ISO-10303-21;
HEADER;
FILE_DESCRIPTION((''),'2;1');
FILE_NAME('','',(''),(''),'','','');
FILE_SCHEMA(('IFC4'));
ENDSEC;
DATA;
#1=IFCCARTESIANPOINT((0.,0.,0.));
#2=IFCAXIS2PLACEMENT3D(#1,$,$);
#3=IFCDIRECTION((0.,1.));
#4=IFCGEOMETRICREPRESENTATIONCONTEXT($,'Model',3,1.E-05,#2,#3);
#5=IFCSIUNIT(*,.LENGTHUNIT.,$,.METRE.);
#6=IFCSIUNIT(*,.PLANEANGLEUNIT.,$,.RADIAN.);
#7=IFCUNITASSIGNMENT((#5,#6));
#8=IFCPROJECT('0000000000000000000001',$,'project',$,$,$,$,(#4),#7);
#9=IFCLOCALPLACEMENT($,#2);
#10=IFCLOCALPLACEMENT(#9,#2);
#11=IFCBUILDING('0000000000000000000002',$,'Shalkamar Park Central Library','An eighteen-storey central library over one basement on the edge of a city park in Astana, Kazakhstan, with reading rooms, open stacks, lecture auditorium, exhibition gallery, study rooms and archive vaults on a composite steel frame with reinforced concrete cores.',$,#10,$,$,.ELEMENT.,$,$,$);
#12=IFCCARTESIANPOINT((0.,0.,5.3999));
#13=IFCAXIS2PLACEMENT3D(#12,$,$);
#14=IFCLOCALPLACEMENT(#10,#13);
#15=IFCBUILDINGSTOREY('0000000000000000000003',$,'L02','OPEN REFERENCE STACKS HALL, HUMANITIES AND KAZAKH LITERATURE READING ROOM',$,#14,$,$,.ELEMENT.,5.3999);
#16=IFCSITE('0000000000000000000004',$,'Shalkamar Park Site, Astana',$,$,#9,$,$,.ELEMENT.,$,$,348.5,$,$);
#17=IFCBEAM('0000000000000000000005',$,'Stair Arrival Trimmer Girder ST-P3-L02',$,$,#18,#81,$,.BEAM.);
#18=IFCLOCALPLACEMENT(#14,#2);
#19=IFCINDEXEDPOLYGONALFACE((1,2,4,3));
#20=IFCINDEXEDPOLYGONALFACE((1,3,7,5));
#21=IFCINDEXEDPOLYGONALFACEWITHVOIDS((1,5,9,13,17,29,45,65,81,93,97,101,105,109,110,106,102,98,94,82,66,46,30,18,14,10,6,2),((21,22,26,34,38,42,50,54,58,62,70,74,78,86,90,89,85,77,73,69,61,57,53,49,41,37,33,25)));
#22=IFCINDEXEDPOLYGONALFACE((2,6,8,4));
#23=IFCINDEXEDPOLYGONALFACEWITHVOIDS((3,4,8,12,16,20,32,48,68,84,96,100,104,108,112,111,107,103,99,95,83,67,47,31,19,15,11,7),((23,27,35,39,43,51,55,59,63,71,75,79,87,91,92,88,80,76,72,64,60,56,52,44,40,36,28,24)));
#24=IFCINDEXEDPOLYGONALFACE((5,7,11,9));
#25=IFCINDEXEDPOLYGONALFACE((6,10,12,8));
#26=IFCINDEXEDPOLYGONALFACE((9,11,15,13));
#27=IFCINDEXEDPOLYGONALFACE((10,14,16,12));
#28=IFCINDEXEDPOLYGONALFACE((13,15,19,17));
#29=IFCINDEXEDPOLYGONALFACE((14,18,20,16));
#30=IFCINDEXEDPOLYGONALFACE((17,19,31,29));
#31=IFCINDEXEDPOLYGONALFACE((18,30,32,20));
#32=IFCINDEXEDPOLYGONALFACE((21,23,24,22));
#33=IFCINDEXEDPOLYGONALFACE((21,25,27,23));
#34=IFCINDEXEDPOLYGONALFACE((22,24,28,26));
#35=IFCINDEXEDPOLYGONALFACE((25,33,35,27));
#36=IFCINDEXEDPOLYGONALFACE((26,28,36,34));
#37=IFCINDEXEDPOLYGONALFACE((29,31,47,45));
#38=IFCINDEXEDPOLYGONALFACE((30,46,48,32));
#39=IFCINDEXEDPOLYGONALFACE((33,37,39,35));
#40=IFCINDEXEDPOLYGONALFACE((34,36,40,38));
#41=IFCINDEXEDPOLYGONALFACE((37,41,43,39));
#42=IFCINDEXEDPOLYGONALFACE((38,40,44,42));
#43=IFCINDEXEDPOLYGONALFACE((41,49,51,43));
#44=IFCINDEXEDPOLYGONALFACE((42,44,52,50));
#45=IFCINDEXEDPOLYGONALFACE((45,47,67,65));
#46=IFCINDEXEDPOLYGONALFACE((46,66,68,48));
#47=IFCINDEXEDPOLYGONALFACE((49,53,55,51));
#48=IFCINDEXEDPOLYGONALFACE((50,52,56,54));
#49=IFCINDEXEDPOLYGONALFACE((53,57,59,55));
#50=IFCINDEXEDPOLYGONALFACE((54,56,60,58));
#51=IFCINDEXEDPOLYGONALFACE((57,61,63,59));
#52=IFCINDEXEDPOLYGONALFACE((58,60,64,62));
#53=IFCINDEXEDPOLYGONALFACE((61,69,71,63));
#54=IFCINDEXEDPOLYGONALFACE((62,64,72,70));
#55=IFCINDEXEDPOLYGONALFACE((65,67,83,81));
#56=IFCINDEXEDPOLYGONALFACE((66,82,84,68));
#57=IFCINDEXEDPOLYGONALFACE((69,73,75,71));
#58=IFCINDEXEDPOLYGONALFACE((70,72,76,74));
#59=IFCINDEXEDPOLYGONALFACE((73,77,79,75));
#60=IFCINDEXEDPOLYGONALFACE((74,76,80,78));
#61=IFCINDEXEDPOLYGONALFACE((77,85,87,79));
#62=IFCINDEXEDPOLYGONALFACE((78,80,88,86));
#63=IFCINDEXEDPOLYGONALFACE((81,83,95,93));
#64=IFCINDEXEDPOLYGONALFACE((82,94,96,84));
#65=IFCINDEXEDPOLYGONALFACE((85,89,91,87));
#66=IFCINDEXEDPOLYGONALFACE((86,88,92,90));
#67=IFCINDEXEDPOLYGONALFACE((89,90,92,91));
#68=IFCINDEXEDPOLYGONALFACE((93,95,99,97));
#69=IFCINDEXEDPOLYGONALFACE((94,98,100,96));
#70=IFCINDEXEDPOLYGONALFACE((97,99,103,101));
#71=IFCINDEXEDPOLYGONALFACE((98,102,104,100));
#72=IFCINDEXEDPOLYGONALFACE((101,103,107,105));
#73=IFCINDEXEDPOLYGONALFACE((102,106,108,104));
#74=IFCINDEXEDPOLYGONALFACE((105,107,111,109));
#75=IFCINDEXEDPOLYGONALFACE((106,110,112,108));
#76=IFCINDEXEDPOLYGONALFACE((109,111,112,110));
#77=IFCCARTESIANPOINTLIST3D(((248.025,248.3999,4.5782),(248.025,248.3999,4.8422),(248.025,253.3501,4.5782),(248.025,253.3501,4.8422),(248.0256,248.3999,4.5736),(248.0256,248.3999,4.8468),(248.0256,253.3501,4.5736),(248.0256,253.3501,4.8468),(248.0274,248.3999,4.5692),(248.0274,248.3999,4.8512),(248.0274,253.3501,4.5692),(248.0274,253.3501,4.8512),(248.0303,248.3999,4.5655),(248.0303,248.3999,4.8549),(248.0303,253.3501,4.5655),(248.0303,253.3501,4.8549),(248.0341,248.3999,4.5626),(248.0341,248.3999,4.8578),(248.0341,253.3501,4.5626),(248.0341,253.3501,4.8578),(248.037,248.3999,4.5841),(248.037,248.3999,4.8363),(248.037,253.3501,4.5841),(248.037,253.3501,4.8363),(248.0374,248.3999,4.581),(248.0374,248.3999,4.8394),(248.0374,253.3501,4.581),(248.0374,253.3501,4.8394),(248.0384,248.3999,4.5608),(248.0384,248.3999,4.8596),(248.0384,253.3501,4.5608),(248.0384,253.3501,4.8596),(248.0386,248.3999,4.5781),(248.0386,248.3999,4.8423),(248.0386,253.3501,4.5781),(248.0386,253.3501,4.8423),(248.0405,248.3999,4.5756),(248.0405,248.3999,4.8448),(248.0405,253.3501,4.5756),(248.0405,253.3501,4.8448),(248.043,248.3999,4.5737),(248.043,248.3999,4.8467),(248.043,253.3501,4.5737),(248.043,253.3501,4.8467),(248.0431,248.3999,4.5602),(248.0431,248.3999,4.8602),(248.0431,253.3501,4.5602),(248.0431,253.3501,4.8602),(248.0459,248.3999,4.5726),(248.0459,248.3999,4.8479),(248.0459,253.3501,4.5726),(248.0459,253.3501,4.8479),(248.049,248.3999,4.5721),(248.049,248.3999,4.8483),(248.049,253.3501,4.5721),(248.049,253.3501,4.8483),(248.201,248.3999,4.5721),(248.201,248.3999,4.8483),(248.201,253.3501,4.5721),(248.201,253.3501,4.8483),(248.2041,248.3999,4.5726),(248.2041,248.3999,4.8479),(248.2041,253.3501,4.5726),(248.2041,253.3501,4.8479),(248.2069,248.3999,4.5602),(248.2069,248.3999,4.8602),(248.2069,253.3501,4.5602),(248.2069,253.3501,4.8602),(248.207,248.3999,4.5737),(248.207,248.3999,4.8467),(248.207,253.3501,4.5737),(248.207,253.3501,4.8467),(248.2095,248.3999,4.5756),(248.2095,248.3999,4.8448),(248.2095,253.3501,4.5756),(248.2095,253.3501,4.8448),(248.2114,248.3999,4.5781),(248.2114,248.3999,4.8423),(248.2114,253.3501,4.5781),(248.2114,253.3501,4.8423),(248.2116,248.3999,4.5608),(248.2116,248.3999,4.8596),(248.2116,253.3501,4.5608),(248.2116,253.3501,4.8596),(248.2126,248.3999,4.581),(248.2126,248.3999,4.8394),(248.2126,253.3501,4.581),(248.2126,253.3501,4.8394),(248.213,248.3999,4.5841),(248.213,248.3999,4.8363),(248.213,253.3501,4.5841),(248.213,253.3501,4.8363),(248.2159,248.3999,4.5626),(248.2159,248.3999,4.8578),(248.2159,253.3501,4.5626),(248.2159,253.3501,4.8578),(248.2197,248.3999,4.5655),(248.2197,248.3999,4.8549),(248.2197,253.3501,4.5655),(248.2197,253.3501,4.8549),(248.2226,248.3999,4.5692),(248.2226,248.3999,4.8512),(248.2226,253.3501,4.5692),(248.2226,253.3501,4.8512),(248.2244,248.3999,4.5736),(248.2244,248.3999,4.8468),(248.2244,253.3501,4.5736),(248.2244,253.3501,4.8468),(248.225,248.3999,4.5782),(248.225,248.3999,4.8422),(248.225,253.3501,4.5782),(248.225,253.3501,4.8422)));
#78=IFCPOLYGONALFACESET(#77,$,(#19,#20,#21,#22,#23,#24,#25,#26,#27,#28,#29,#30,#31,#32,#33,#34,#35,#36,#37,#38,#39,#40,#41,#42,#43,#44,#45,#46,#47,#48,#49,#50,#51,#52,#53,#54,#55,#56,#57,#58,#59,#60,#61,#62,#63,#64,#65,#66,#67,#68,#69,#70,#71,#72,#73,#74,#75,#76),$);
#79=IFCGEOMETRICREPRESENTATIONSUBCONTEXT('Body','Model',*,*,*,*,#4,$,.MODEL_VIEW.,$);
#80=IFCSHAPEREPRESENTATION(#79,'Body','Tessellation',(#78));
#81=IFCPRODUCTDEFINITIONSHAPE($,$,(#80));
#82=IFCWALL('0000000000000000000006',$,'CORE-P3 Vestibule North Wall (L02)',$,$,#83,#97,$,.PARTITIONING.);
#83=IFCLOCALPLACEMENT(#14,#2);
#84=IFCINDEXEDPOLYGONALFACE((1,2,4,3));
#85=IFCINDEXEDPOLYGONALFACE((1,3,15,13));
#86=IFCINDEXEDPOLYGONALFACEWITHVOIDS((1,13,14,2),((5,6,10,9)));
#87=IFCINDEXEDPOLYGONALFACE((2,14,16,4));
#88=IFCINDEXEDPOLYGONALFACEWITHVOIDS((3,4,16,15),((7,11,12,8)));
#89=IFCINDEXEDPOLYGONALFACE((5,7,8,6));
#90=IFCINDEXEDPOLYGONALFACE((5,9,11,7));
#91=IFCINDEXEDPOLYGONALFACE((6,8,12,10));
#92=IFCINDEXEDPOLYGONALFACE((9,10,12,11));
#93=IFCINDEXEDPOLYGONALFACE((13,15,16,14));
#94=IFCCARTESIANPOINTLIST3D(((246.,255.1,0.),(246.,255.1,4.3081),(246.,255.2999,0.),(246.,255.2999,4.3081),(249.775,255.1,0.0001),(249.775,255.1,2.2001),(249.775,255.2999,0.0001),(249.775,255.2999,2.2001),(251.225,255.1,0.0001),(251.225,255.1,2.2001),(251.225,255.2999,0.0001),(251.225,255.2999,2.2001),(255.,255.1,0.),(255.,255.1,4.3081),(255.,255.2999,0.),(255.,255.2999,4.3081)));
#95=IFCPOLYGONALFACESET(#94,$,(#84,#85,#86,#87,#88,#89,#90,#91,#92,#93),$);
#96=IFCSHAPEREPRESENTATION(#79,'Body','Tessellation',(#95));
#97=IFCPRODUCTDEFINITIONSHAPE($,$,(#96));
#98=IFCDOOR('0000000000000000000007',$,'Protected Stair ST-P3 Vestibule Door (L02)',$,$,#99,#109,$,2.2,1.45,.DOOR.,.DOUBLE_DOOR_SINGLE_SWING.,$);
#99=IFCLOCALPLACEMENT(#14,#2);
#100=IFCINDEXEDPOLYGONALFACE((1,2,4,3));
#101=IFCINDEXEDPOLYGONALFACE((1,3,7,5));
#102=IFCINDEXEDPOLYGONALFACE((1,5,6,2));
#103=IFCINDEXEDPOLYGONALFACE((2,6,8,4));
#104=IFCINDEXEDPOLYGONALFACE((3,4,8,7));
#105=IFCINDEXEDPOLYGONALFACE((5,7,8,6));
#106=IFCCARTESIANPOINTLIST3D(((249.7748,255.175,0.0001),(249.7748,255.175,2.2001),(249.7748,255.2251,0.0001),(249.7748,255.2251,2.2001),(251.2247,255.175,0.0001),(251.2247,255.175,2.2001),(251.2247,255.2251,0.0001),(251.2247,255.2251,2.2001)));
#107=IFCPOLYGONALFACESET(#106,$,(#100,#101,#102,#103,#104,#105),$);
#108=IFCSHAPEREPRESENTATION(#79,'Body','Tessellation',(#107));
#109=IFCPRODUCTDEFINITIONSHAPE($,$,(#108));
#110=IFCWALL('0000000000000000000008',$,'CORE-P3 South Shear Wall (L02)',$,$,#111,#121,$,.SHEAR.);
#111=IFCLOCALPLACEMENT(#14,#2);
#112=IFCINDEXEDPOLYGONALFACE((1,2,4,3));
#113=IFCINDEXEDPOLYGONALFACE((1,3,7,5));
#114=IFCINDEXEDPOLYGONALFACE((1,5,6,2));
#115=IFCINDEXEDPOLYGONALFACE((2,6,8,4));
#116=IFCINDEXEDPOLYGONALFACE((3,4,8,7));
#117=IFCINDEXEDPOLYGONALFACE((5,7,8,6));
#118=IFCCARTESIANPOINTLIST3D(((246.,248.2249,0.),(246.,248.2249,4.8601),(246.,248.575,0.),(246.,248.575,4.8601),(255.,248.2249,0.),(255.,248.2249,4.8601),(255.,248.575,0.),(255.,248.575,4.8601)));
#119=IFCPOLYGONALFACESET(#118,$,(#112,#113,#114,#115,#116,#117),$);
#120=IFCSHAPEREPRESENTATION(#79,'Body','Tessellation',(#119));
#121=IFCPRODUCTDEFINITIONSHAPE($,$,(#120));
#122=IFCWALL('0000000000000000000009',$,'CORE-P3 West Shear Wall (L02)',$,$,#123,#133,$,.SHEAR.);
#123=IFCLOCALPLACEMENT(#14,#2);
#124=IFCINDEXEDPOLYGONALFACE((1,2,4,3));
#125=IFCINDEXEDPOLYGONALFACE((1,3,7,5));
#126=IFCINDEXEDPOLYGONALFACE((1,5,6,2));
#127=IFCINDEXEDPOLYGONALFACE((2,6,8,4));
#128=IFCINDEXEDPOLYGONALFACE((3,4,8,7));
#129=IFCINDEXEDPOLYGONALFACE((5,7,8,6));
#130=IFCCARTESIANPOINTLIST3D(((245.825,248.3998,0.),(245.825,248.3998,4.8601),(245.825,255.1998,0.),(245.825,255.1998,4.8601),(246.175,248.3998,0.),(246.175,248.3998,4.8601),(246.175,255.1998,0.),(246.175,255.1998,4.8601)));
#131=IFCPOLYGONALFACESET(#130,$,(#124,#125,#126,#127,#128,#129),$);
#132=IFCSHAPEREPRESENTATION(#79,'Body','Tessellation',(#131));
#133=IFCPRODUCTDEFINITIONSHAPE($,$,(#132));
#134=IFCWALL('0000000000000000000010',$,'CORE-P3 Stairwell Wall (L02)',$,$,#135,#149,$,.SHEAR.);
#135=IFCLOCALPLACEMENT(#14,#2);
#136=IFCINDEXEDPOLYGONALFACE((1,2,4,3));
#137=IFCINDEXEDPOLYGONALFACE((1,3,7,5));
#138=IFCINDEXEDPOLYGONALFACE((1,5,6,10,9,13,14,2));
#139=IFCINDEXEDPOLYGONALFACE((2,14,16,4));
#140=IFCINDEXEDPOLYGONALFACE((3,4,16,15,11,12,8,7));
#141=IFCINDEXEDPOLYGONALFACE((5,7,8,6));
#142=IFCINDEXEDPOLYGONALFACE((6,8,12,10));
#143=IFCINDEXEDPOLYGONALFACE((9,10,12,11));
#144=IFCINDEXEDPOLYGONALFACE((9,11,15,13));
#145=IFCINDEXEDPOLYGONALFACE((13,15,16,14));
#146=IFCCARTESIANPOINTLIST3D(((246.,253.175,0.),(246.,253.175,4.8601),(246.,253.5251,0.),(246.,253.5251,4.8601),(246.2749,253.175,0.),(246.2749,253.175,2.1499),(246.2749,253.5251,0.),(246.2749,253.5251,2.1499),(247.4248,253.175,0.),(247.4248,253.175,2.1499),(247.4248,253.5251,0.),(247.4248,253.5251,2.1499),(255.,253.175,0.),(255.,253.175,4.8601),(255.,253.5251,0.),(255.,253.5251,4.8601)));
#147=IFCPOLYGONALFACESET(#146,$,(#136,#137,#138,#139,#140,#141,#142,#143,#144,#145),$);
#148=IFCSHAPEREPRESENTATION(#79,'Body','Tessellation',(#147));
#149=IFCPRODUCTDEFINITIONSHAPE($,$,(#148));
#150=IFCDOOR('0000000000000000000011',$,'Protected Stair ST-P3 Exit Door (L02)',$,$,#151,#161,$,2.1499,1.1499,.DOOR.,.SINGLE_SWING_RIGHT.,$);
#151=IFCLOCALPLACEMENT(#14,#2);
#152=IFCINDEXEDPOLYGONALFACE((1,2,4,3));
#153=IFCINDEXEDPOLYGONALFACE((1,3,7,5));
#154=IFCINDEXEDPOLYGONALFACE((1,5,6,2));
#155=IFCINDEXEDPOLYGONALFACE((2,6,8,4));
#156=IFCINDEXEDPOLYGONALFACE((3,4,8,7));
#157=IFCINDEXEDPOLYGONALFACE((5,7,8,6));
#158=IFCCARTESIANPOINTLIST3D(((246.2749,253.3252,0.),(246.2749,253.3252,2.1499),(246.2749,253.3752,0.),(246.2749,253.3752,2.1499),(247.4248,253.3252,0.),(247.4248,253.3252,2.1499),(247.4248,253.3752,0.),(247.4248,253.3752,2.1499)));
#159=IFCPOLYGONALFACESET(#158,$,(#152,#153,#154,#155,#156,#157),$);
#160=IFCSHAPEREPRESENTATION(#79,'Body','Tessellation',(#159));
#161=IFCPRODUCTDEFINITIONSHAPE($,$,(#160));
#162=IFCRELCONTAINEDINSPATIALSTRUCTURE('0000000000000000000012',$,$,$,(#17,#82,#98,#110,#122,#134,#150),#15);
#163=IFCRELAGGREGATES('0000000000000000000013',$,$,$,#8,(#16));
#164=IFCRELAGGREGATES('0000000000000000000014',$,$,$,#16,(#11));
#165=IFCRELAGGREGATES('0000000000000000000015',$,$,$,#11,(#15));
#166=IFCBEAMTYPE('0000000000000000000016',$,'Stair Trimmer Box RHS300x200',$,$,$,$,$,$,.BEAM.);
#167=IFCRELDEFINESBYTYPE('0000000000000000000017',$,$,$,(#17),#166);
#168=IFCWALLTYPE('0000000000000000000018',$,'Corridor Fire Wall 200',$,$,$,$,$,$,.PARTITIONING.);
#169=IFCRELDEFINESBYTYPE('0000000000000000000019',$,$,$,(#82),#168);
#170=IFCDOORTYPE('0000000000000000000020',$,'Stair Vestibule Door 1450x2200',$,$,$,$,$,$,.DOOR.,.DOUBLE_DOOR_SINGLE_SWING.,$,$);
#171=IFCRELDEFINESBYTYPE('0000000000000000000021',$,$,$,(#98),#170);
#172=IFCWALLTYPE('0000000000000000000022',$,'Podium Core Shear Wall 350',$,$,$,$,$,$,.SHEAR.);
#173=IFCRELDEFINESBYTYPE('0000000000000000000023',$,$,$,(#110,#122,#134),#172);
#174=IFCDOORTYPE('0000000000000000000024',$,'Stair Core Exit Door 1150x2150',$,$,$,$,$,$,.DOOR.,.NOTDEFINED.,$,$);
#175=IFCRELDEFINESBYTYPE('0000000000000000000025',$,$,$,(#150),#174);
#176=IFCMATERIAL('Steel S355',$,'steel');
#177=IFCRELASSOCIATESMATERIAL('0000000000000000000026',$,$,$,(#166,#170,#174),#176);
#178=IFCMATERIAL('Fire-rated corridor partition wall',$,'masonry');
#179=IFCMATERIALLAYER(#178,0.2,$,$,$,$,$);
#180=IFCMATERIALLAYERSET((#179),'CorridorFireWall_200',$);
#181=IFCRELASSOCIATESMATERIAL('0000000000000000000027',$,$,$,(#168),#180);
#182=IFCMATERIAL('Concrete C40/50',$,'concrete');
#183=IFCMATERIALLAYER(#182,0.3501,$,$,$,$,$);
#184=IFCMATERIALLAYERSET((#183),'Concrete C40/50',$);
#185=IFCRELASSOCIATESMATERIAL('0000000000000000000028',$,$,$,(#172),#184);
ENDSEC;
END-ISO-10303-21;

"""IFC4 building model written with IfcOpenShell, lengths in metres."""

from ifc_helpers import new_model, si_unit, direction, frame, frame_2d, origin, origin_2d, place, context, subcontext, project, spatial, rectangle, hollow_rectangle, extrude, material, layer, layer_set, material_profile, profile_set, type_object, element, fill, save


model = new_model("IFC4")

# Units and contexts
model_context = context("Model", 3, precision=1e-05, world=origin(), true_north=direction((0.0, 1.0)))
body_context = subcontext(model_context, "Body", "Model", "MODEL_VIEW")
ifc_project = project(units=[si_unit("LENGTHUNIT", "METRE"), si_unit("PLANEANGLEUNIT", "RADIAN")], contexts=[model_context])

# Site, building, storey
site_placement = place(None, origin())
site = spatial("IfcSite", under=ifc_project, at=site_placement, Name="Shalkamar Park Site, Astana", CompositionType="ELEMENT", RefElevation=348.5)
building_placement = place(site_placement, origin())
building = spatial("IfcBuilding", under=site, at=building_placement, Name="Shalkamar Park Central Library", Description="An eighteen-storey central library over one basement on the edge of a city park in Astana, Kazakhstan, with reading rooms, open stacks, lecture auditorium, exhibition gallery, study rooms and archive vaults on a composite steel frame with reinforced concrete cores.", CompositionType="ELEMENT")
storey_placement = place(building_placement, frame((0.0, 0.0, 5.3999)))
storey = spatial("IfcBuildingStorey", under=building, at=storey_placement, Name="L02", Description="OPEN REFERENCE STACKS HALL, HUMANITIES AND KAZAKH LITERATURE READING ROOM", CompositionType="ELEMENT", Elevation=5.3999)

# Shared definitions
ifc_material_1 = material(Name="Steel S355", Category="steel")

# Beam
ifc_material_profile_1 = material_profile(ifc_material_1, hollow_rectangle(XDim=0.2, YDim=0.3, WallThickness=0.012, InnerFilletRadius=0.012, OuterFilletRadius=0.0181, at=origin_2d()), Name="RHS 300x200x12")
ifc_profile_set_1 = profile_set([ifc_material_profile_1], Name="Steel S355")
beam_type_1 = type_object("IfcBeamType", Name="Stair Trimmer Box RHS300x200", PredefinedType="BEAM", material=ifc_profile_set_1)
beam_1_placement = place(storey_placement, frame((248.125, 248.3999, 4.7102), z_axis=(0.0, 1.0, 0.0), x_axis=(-1.0, 0.0, 0.0)))
element("IfcBeam", 1, at=beam_1_placement, inside=storey, type_object=beam_type_1, Name="Stair Arrival Trimmer Girder ST-P3-L02", PredefinedType="BEAM", context=body_context, shape_type="SweptSolid", body=[
    extrude(hollow_rectangle(XDim=0.2, YDim=0.3, WallThickness=0.012, InnerFilletRadius=0.012, OuterFilletRadius=0.0181, at=origin_2d()), origin(), (0.0, 0.0, 1.0), 4.9502),
])

# Wall, opening, door
ifc_material_2 = material(Name="Fire-rated corridor partition wall", Category="masonry")
ifc_layer_1 = layer(ifc_material_2, 0.2)
ifc_layer_set_1 = layer_set([ifc_layer_1], Name="CorridorFireWall_200")
wall_type_1 = type_object("IfcWallType", Name="Corridor Fire Wall 200", PredefinedType="PARTITIONING", material=ifc_layer_set_1)
wall_1_placement = place(storey_placement, frame((246.0, 255.2, 0.0), z_axis=(0.0, 0.0, 1.0), x_axis=(1.0, 0.0, 0.0)))
wall_1 = element("IfcWall", 2, at=wall_1_placement, inside=storey, type_object=wall_type_1, Name="CORE-P3 Vestibule North Wall (L02)", PredefinedType="PARTITIONING", context=body_context, shape_type="SweptSolid", body=[
    extrude(rectangle(XDim=9.0, YDim=0.2, at=frame_2d((4.5, 0.0))), origin(), (0.0, 0.0, 1.0), 4.3081),
])
opening_1_placement = place(wall_1_placement, frame((3.7749, 0.0, 0.0)))
opening_1 = element("IfcOpeningElement", 3, at=opening_1_placement, cuts=wall_1, PredefinedType="OPENING", context=body_context, shape_type="SweptSolid", body=[
    extrude(rectangle(XDim=1.45, YDim=2.2, at=frame_2d((0.7251, 1.1001))), frame((0.0, 0.1147, 0.0), z_axis=(0.0, -1.0, 0.0), x_axis=(1.0, 0.0, 0.0)), (0.0, 0.0, 1.0), 0.2297),
])
door_type_1 = type_object("IfcDoorType", Name="Stair Vestibule Door 1450x2200", OperationType="DOUBLE_DOOR_SINGLE_SWING", PredefinedType="DOOR", material=ifc_material_1)
door_1_placement = place(opening_1_placement, frame((1.45, 0.0, 0.0), z_axis=(0.0, 0.0, 1.0), x_axis=(-1.0, 0.0, 0.0)))
door_1 = element("IfcDoor", 4, at=door_1_placement, inside=storey, type_object=door_type_1, Name="Protected Stair ST-P3 Vestibule Door (L02)", OperationType="DOUBLE_DOOR_SINGLE_SWING", OverallHeight=2.2, OverallWidth=1.45, PredefinedType="DOOR", context=body_context, shape_type="SweptSolid", body=[
    extrude(rectangle(XDim=1.45, YDim=2.2, at=frame_2d((0.7251, 1.1001))), frame((0.0, 0.0249, 0.0), z_axis=(0.0, -1.0, 0.0), x_axis=(1.0, 0.0, 0.0)), (0.0, 0.0, 1.0), 0.05),
])
fill(opening_1, door_1)

# Walls
ifc_material_3 = material(Name="Concrete C40/50", Category="concrete")
ifc_layer_2 = layer(ifc_material_3, 0.3501)
ifc_layer_set_2 = layer_set([ifc_layer_2], Name="Concrete C40/50")
wall_type_2 = type_object("IfcWallType", Name="Podium Core Shear Wall 350", PredefinedType="SHEAR", material=ifc_layer_set_2)
wall_2_placement = place(storey_placement, frame((246.0, 248.3999, 0.0), z_axis=(0.0, 0.0, 1.0), x_axis=(1.0, 0.0, 0.0)))
element("IfcWall", 5, at=wall_2_placement, inside=storey, type_object=wall_type_2, Name="CORE-P3 South Shear Wall (L02)", PredefinedType="SHEAR", context=body_context, shape_type="SweptSolid", body=[
    extrude(rectangle(XDim=9.0, YDim=0.3501, at=frame_2d((4.5, 0.0))), origin(), (0.0, 0.0, 1.0), 4.8601),
])
wall_3_placement = place(storey_placement, frame((246.0, 248.3999, 0.0), z_axis=(0.0, 0.0, 1.0), x_axis=(0.0, 1.0, 0.0)))
element("IfcWall", 6, at=wall_3_placement, inside=storey, type_object=wall_type_2, Name="CORE-P3 West Shear Wall (L02)", PredefinedType="SHEAR", context=body_context, shape_type="SweptSolid", body=[
    extrude(rectangle(XDim=6.8, YDim=0.3501, at=frame_2d((3.3999, 0.0))), origin(), (0.0, 0.0, 1.0), 4.8601),
])

# Wall, opening, door
wall_4_placement = place(storey_placement, frame((246.0, 253.3501, 0.0), z_axis=(0.0, 0.0, 1.0), x_axis=(1.0, 0.0, 0.0)))
wall_4 = element("IfcWall", 7, at=wall_4_placement, inside=storey, type_object=wall_type_2, Name="CORE-P3 Stairwell Wall (L02)", PredefinedType="SHEAR", context=body_context, shape_type="SweptSolid", body=[
    extrude(rectangle(XDim=9.0, YDim=0.3501, at=frame_2d((4.5, 0.0))), origin(), (0.0, 0.0, 1.0), 4.8601),
])
opening_2_placement = place(wall_4_placement, frame((0.2749, 0.0, 0.0)))
opening_2 = element("IfcOpeningElement", 8, at=opening_2_placement, cuts=wall_4, PredefinedType="OPENING", context=body_context, shape_type="SweptSolid", body=[
    extrude(rectangle(XDim=1.1499, YDim=2.1499, at=frame_2d((0.575, 1.075))), frame((0.0, 0.1899, 0.0), z_axis=(0.0, -1.0, 0.0), x_axis=(1.0, 0.0, 0.0)), (0.0, 0.0, 1.0), 0.3799),
])
door_type_2 = type_object("IfcDoorType", Name="Stair Core Exit Door 1150x2150", OperationType="NOTDEFINED", PredefinedType="DOOR", material=ifc_material_1)
door_2_placement = place(opening_2_placement, frame((1.1499, 0.0, 0.0), z_axis=(0.0, 0.0, 1.0), x_axis=(-1.0, 0.0, 0.0)))
door_2 = element("IfcDoor", 9, at=door_2_placement, inside=storey, type_object=door_type_2, Name="Protected Stair ST-P3 Exit Door (L02)", OperationType="SINGLE_SWING_RIGHT", OverallHeight=2.1499, OverallWidth=1.1499, PredefinedType="DOOR", context=body_context, shape_type="SweptSolid", body=[
    extrude(rectangle(XDim=1.1499, YDim=2.1499, at=frame_2d((0.575, 1.075))), frame((0.0, 0.0249, 0.0), z_axis=(0.0, -1.0, 0.0), x_axis=(1.0, 0.0, 0.0)), (0.0, 0.0, 1.0), 0.05),
])
fill(opening_2, door_2)

save(model, "model.ifc")
